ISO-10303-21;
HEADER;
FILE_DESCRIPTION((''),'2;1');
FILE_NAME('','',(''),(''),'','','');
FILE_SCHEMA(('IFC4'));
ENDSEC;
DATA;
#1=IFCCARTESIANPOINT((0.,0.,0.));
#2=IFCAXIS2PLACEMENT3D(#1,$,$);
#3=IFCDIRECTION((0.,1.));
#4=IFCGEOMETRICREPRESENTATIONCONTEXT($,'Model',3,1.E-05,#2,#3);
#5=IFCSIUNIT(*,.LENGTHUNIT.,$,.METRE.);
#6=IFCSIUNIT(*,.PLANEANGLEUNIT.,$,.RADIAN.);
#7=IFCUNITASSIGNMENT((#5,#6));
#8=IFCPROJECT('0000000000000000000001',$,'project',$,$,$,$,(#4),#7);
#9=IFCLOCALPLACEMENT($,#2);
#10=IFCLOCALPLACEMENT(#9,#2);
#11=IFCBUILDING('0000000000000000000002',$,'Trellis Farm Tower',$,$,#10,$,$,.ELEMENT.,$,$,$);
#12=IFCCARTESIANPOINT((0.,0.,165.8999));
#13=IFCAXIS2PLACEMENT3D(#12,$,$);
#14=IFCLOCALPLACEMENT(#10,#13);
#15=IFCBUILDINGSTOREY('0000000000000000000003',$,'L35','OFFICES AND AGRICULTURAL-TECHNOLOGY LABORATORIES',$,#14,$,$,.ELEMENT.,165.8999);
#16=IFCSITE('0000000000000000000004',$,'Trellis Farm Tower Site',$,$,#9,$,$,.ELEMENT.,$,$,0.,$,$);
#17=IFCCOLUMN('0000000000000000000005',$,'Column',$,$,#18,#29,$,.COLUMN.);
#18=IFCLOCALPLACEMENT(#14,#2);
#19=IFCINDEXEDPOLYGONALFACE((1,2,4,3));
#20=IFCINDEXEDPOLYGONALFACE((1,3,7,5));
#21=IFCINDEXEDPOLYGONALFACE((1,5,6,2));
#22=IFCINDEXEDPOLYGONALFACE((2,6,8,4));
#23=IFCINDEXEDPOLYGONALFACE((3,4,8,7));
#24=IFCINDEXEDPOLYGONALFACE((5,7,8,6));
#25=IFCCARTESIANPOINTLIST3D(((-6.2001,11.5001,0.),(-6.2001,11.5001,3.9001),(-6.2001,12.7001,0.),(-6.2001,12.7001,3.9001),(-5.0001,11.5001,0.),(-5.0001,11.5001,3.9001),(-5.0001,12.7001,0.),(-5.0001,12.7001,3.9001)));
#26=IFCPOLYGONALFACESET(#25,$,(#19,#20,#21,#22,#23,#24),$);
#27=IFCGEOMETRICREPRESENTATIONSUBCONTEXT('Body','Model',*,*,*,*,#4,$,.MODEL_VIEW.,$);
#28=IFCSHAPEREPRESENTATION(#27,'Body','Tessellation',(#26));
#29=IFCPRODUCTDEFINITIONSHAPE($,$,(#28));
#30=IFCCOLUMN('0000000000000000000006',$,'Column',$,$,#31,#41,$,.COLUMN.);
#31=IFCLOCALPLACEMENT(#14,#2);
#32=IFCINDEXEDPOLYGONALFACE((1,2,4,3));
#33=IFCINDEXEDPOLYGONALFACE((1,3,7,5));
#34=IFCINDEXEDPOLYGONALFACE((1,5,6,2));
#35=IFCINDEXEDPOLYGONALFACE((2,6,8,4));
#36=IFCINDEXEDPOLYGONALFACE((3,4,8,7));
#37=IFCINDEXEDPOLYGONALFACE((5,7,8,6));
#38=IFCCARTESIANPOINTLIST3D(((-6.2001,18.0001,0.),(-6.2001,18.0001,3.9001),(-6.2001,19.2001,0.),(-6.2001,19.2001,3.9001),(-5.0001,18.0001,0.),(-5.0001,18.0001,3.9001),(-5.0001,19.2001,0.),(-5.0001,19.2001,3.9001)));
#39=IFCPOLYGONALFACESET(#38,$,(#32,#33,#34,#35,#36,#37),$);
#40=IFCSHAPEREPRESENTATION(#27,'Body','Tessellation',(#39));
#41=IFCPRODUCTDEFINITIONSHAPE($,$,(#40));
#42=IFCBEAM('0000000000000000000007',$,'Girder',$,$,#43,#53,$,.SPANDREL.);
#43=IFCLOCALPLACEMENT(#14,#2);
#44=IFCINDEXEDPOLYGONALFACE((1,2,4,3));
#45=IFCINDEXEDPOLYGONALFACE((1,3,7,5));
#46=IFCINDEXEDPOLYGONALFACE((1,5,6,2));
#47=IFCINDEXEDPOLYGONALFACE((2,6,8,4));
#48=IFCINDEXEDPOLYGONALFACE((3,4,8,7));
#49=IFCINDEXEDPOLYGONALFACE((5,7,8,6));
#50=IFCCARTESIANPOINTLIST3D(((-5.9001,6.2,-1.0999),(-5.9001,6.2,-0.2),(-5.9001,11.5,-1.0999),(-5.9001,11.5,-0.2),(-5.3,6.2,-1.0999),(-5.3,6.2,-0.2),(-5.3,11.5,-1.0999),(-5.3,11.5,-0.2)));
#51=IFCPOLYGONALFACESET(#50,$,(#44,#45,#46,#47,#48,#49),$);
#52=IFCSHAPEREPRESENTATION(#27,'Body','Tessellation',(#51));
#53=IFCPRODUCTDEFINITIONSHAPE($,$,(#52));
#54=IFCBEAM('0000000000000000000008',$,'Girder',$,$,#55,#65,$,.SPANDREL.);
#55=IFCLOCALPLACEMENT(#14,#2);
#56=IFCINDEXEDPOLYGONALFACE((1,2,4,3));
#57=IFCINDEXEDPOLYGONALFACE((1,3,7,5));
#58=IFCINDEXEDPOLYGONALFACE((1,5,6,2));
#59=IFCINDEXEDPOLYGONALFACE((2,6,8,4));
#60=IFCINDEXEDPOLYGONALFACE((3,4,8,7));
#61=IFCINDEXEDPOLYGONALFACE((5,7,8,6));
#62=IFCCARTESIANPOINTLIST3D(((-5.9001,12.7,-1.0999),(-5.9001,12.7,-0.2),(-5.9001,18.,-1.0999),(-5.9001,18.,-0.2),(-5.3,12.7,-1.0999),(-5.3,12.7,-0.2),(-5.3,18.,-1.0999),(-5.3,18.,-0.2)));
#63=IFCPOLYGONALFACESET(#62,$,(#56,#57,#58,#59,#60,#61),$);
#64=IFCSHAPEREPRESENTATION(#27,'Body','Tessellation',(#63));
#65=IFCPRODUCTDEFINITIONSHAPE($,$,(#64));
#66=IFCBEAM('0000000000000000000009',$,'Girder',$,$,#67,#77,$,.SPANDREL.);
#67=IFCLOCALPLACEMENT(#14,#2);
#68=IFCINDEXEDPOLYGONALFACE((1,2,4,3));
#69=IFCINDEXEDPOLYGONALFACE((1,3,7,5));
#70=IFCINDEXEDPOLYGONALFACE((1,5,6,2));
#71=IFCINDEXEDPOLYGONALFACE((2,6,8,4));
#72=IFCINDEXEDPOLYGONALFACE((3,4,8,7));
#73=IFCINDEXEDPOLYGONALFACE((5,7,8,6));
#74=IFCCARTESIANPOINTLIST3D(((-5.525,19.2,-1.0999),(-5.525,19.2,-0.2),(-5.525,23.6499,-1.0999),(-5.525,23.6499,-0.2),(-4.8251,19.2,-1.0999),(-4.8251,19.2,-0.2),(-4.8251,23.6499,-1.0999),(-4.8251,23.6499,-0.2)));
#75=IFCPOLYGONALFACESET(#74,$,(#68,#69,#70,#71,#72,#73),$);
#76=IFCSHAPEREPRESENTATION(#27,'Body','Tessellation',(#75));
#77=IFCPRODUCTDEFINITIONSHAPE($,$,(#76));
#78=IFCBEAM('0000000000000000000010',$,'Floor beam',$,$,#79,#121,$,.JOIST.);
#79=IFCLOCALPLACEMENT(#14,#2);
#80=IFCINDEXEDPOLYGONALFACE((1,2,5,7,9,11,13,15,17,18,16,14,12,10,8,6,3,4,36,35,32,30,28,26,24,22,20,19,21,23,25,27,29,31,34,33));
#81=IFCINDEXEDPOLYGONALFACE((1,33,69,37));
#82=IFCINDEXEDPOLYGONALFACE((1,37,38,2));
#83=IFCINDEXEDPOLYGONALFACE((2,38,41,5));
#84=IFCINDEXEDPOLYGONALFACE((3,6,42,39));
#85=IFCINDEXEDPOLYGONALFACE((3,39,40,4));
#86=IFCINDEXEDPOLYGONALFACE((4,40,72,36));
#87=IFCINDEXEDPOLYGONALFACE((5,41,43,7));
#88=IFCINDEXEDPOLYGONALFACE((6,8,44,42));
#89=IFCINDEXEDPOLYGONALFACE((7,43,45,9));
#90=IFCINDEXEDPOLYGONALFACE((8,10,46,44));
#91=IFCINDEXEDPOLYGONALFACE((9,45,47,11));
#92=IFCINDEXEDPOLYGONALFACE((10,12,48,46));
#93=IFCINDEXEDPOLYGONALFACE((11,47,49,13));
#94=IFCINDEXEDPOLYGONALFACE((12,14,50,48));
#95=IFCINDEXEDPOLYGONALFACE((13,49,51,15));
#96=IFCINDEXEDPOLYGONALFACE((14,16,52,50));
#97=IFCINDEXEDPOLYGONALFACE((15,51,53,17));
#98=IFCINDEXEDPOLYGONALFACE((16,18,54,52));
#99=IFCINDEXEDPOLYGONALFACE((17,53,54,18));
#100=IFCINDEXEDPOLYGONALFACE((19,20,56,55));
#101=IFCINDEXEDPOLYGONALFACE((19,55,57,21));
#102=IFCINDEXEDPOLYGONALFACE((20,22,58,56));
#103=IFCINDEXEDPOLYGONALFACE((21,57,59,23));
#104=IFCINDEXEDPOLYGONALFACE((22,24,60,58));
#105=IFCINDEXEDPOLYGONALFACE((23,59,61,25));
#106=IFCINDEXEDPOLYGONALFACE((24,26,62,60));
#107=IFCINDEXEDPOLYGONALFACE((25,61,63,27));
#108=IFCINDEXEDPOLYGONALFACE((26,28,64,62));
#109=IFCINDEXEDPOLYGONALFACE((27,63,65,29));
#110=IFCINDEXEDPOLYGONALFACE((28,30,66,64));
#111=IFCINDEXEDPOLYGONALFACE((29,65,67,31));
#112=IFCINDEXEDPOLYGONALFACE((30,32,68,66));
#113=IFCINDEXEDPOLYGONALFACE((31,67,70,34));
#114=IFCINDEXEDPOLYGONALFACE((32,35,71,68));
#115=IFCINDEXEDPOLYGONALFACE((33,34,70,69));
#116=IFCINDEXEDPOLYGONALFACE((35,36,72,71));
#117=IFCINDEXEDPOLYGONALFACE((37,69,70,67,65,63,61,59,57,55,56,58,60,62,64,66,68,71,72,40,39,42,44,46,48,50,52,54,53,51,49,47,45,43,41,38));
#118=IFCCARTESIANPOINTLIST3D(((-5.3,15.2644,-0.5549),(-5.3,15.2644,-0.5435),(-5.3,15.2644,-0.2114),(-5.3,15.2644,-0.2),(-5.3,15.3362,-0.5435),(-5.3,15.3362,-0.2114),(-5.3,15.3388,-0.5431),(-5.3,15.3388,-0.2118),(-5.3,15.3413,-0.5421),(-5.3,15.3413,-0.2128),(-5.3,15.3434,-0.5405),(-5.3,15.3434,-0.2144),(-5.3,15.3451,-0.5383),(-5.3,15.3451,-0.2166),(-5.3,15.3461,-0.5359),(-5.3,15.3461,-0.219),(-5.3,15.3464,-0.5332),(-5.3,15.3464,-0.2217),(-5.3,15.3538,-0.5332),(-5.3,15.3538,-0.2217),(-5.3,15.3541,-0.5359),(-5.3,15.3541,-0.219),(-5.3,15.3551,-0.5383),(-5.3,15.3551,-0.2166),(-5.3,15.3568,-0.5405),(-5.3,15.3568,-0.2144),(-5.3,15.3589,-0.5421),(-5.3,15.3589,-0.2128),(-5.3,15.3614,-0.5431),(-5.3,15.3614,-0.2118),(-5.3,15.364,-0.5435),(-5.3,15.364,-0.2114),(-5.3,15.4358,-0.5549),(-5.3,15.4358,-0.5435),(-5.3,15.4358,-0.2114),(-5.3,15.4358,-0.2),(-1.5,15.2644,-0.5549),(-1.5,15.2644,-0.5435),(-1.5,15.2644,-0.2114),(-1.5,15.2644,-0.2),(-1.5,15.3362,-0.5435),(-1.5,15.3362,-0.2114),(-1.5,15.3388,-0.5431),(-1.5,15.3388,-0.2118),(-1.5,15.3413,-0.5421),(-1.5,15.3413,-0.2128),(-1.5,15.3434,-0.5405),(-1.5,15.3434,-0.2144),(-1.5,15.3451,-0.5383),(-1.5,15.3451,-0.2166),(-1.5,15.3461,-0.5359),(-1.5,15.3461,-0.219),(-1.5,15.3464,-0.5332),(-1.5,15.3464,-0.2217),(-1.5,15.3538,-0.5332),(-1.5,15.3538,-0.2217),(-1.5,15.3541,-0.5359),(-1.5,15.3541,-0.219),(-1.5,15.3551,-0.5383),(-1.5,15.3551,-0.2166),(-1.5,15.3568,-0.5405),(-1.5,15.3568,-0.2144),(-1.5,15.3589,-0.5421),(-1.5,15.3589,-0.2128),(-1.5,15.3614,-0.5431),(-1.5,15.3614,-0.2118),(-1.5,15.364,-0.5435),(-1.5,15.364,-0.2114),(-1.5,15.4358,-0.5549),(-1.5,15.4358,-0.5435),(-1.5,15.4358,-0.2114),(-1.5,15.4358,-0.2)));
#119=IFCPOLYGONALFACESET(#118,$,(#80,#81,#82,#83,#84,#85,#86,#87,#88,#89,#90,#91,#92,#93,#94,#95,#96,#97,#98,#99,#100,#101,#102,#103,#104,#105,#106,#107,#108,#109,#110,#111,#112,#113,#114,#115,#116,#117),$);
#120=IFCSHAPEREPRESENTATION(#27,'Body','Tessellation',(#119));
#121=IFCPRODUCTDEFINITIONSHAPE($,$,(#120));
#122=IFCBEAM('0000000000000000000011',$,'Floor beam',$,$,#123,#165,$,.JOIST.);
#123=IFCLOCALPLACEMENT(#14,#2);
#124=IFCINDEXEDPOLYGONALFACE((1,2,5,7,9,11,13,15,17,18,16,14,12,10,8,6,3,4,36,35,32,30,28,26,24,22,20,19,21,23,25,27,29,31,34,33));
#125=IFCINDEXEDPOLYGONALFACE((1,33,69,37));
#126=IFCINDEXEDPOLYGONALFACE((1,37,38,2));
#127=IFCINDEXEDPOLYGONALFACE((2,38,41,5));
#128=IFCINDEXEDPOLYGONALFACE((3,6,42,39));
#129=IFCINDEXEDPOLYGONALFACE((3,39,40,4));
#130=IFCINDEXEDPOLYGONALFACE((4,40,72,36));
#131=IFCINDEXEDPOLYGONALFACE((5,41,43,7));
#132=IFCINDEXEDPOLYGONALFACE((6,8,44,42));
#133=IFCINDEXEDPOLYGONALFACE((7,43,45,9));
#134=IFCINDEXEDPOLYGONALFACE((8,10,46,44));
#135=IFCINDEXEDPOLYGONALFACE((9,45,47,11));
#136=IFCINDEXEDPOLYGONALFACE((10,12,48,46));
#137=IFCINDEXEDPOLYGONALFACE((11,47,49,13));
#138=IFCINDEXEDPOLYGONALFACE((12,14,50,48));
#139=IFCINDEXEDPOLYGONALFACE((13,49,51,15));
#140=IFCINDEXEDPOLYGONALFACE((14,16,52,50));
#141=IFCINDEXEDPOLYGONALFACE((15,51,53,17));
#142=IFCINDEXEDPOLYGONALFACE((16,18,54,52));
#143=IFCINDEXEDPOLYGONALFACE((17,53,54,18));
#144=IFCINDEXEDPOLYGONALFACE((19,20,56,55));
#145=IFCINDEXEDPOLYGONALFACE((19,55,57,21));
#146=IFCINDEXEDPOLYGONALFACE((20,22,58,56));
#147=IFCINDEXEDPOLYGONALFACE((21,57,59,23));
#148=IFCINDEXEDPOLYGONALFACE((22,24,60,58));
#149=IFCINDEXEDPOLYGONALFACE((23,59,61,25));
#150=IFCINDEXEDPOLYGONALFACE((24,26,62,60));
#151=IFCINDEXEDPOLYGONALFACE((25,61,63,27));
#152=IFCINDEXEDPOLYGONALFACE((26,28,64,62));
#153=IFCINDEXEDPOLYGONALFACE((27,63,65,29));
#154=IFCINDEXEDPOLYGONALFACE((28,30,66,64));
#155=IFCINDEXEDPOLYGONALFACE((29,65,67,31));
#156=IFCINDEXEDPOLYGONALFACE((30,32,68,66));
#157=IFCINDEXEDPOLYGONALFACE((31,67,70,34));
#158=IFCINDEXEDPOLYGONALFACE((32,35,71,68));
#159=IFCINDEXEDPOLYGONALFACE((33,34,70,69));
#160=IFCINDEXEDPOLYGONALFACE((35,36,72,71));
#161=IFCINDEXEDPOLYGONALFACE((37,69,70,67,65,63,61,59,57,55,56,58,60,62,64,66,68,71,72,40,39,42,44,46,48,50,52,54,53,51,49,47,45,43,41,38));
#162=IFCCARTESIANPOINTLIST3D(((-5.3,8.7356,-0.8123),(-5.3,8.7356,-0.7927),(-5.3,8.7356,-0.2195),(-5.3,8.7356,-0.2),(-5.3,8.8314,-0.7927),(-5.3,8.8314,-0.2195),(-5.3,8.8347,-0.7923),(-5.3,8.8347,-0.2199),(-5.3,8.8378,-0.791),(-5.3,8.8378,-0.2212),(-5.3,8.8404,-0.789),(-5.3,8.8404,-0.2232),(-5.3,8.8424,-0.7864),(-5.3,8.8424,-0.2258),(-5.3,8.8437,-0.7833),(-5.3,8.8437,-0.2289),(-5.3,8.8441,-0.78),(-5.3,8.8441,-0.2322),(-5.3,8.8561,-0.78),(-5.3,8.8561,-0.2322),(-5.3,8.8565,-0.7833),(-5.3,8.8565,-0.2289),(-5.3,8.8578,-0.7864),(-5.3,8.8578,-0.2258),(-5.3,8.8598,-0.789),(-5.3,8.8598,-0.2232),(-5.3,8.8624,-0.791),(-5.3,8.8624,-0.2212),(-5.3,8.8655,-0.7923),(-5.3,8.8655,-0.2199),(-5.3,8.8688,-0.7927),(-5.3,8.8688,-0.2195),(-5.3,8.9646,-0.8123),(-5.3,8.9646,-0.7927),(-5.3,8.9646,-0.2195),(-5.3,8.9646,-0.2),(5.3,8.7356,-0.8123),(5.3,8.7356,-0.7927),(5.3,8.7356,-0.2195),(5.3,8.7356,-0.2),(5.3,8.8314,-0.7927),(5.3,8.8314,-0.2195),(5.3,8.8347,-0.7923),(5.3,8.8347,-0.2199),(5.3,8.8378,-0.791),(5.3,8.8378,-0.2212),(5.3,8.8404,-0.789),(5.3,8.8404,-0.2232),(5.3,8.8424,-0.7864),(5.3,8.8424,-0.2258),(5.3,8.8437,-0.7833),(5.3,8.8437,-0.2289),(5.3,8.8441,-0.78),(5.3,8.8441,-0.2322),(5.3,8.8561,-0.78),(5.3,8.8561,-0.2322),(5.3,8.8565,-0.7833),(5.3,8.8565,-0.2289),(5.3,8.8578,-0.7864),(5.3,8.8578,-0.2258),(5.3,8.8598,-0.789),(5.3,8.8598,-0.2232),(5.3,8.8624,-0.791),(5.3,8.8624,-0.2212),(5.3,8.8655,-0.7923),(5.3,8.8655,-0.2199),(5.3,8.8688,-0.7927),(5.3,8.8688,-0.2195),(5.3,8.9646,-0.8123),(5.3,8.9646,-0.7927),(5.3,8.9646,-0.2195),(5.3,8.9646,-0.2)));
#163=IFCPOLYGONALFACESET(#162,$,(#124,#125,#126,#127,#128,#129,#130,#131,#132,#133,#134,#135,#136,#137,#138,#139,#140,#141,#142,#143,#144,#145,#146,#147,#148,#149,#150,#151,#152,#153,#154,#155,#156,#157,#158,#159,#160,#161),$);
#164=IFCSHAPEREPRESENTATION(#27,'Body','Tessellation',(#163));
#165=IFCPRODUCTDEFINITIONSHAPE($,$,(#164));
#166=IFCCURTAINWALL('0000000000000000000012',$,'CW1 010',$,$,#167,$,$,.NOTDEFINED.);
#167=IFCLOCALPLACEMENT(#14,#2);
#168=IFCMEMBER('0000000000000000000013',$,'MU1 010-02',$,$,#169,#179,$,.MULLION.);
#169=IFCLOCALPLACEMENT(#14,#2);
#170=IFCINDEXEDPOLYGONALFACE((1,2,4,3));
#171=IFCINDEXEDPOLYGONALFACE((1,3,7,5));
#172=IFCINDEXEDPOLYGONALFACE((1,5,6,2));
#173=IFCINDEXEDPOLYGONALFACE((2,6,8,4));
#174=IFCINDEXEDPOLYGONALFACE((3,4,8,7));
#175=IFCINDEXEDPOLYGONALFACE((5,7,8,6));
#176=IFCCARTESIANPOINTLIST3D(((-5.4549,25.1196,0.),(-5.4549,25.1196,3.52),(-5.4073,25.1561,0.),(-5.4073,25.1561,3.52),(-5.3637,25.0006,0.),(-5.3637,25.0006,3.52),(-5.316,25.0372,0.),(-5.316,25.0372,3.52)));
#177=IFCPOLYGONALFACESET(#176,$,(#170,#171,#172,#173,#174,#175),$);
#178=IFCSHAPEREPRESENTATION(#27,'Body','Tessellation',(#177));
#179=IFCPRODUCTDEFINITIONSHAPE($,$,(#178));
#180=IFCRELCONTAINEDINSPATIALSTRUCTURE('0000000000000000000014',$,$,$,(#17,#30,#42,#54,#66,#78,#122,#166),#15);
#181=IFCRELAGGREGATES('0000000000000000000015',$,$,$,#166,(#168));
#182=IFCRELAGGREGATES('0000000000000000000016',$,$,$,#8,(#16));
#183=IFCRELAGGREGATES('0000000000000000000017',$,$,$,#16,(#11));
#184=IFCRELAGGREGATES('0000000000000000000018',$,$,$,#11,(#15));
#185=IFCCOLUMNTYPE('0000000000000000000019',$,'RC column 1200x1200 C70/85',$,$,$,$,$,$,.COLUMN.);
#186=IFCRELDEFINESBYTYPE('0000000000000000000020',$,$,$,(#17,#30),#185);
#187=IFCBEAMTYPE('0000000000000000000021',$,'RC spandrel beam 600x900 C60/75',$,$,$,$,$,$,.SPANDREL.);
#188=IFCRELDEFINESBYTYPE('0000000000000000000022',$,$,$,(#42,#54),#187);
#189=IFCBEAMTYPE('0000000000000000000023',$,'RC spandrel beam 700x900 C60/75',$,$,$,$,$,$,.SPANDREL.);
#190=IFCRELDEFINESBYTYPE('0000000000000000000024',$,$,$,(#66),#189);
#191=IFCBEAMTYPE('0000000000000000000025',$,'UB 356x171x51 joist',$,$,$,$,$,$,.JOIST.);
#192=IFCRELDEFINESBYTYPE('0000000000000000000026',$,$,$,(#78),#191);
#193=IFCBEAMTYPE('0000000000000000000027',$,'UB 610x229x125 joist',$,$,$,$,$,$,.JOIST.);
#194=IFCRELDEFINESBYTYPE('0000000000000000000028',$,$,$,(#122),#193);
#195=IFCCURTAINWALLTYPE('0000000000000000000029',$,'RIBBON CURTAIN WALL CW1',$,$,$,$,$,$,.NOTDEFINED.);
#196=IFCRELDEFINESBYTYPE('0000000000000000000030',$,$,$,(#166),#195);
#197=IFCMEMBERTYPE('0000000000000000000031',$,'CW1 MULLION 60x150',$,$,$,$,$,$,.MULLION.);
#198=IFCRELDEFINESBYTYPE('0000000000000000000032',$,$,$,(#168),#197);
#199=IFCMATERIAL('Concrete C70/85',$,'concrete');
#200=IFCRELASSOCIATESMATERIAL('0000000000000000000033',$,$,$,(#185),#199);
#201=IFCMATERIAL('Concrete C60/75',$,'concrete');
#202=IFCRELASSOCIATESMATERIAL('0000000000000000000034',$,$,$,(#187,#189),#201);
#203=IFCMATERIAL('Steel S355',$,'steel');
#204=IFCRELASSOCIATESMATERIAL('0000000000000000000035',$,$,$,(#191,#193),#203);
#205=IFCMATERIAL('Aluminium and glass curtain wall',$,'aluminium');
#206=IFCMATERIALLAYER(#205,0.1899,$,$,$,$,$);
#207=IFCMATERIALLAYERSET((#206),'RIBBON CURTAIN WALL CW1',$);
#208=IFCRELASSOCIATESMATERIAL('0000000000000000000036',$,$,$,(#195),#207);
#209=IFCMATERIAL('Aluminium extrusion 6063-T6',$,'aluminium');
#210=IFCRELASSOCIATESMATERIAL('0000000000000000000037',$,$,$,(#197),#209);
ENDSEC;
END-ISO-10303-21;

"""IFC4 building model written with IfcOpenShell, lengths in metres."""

from ifc_helpers import new_model, si_unit, direction, frame, origin, origin_2d, place, context, subcontext, project, spatial, rectangle, i_section, extrude, source, transform, mapped, material, layer, layer_set, material_profile, profile_set, type_object, element, aggregate, save


model = new_model("IFC4")

# Units and contexts
model_context = context("Model", 3, precision=1e-05, world=origin(), true_north=direction((0.0, 1.0)))
body_context = subcontext(model_context, "Body", "Model", "MODEL_VIEW")
ifc_project = project(units=[si_unit("LENGTHUNIT", "METRE"), si_unit("PLANEANGLEUNIT", "RADIAN")], contexts=[model_context])

# Site, building, storey
site_placement = place(None, origin())
site = spatial("IfcSite", under=ifc_project, at=site_placement, Name="Trellis Farm Tower Site", CompositionType="ELEMENT", RefElevation=0.0)
building_placement = place(site_placement, origin())
building = spatial("IfcBuilding", under=site, at=building_placement, Name="Trellis Farm Tower", CompositionType="ELEMENT")
storey_placement = place(building_placement, frame((0.0, 0.0, 165.8999)))
storey = spatial("IfcBuildingStorey", under=building, at=storey_placement, Name="L35", Description="OFFICES AND AGRICULTURAL-TECHNOLOGY LABORATORIES", CompositionType="ELEMENT", Elevation=165.8999)

# Columns
ifc_material_1 = material(Name="Concrete C70/85", Category="concrete")
ifc_material_profile_1 = material_profile(ifc_material_1, rectangle(XDim=1.2, YDim=1.2, at=origin_2d()), Name="RC column 1200x1200 C70/85")
ifc_profile_set_1 = profile_set([ifc_material_profile_1], Name="Concrete C70/85")
column_type = type_object("IfcColumnType", Name="RC column 1200x1200 C70/85", PredefinedType="COLUMN", material=ifc_profile_set_1)
shared_shape_1 = source(origin(), body_context, "Body", "SweptSolid", [
    extrude(rectangle(XDim=1.2, YDim=1.2, at=origin_2d()), origin(), (0.0, 0.0, 1.0), 3.9001),
])
for number, where, z_axis, x_axis, name in (
    (1, (-5.6001, 12.1001, 0.0), (0.0, 0.0, 1.0), (1.0, 0.0, 0.0), "Column"),
    (2, (-5.6001, 18.6001, 0.0), (0.0, 0.0, 1.0), (1.0, 0.0, 0.0), "Column"),
):
    element("IfcColumn", number, at=place(storey_placement, frame(where, z_axis=z_axis, x_axis=x_axis)), inside=storey, type_object=column_type, Name=name, PredefinedType="COLUMN", context=body_context, shape_type="MappedRepresentation", body=[
        mapped(shared_shape_1, transform((0.0, 0.0, 0.0))),
    ])

# Beams
ifc_material_2 = material(Name="Concrete C60/75", Category="concrete")
ifc_material_profile_2 = material_profile(ifc_material_2, rectangle(XDim=0.6001, YDim=0.8999, at=origin_2d()), Name="RC spandrel beam 600x900 C60/75")
ifc_profile_set_2 = profile_set([ifc_material_profile_2], Name="Concrete C60/75")
beam_type_1 = type_object("IfcBeamType", Name="RC spandrel beam 600x900 C60/75", PredefinedType="SPANDREL", material=ifc_profile_set_2)
shared_shape_2 = source(origin(), body_context, "Body", "SweptSolid", [
    extrude(rectangle(XDim=0.6001, YDim=0.8999, at=origin_2d()), origin(), (0.0, 0.0, 1.0), 5.3),
])
for number, where, z_axis, x_axis, name in (
    (3, (-5.6001, 6.2, -0.6499), (0.0, 1.0, 0.0), (-1.0, 0.0, 0.0), "Girder"),
    (4, (-5.6001, 12.7, -0.6499), (0.0, 1.0, 0.0), (-1.0, 0.0, 0.0), "Girder"),
):
    element("IfcBeam", number, at=place(storey_placement, frame(where, z_axis=z_axis, x_axis=x_axis)), inside=storey, type_object=beam_type_1, Name=name, PredefinedType="SPANDREL", context=body_context, shape_type="MappedRepresentation", body=[
        mapped(shared_shape_2, transform((0.0, 0.0, 0.0))),
    ])
ifc_material_profile_3 = material_profile(ifc_material_2, rectangle(XDim=0.7, YDim=0.8999, at=origin_2d()), Name="RC spandrel beam 700x900 C60/75")
ifc_profile_set_3 = profile_set([ifc_material_profile_3], Name="Concrete C60/75")
beam_type_2 = type_object("IfcBeamType", Name="RC spandrel beam 700x900 C60/75", PredefinedType="SPANDREL", material=ifc_profile_set_3)
shared_shape_3 = source(origin(), body_context, "Body", "SweptSolid", [
    extrude(rectangle(XDim=0.7, YDim=0.8999, at=origin_2d()), origin(), (0.0, 0.0, 1.0), 4.45),
])
beam_1_placement = place(storey_placement, frame((-5.175, 19.2, -0.6499), z_axis=(0.0, 1.0, 0.0), x_axis=(-1.0, 0.0, 0.0)))
element("IfcBeam", 5, at=beam_1_placement, inside=storey, type_object=beam_type_2, Name="Girder", PredefinedType="SPANDREL", context=body_context, shape_type="MappedRepresentation", body=[
    mapped(shared_shape_3, transform((0.0, 0.0, 0.0))),
])
ifc_material_3 = material(Name="Steel S355", Category="steel")
ifc_material_profile_4 = material_profile(ifc_material_3, i_section(OverallWidth=0.1714, OverallDepth=0.355, WebThickness=0.0073, FlangeThickness=0.0115, FilletRadius=0.0103, at=origin_2d()), Name="UB 356x171x51")
ifc_profile_set_4 = profile_set([ifc_material_profile_4], Name="Steel S355")
beam_type_3 = type_object("IfcBeamType", Name="UB 356x171x51 joist", PredefinedType="JOIST", material=ifc_profile_set_4)
shared_shape_4 = source(origin(), body_context, "Body", "SweptSolid", [
    extrude(i_section(OverallWidth=0.1714, OverallDepth=0.355, WebThickness=0.0073, FlangeThickness=0.0115, FilletRadius=0.0103, at=origin_2d()), origin(), (0.0, 0.0, 1.0), 3.8),
])
beam_2_placement = place(storey_placement, frame((-5.3, 15.3501, -0.3774), z_axis=(1.0, 0.0, 0.0), x_axis=(0.0, 1.0, 0.0)))
element("IfcBeam", 6, at=beam_2_placement, inside=storey, type_object=beam_type_3, Name="Floor beam", PredefinedType="JOIST", context=body_context, shape_type="MappedRepresentation", body=[
    mapped(shared_shape_4, transform((0.0, 0.0, 0.0))),
])
ifc_material_profile_5 = material_profile(ifc_material_3, i_section(OverallWidth=0.229, OverallDepth=0.6123, WebThickness=0.012, FlangeThickness=0.0195, FilletRadius=0.0127, at=origin_2d()), Name="UB 610x229x125")
ifc_profile_set_5 = profile_set([ifc_material_profile_5], Name="Steel S355")
beam_type_4 = type_object("IfcBeamType", Name="UB 610x229x125 joist", PredefinedType="JOIST", material=ifc_profile_set_5)
shared_shape_5 = source(origin(), body_context, "Body", "SweptSolid", [
    extrude(i_section(OverallWidth=0.229, OverallDepth=0.6123, WebThickness=0.012, FlangeThickness=0.0195, FilletRadius=0.0127, at=origin_2d()), origin(), (0.0, 0.0, 1.0), 10.6001),
])
beam_3_placement = place(storey_placement, frame((-5.3, 8.8501, -0.5061), z_axis=(1.0, 0.0, 0.0), x_axis=(0.0, 1.0, 0.0)))
element("IfcBeam", 7, at=beam_3_placement, inside=storey, type_object=beam_type_4, Name="Floor beam", PredefinedType="JOIST", context=body_context, shape_type="MappedRepresentation", body=[
    mapped(shared_shape_5, transform((0.0, 0.0, 0.0))),
])

# Curtain wall, member
ifc_material_4 = material(Name="Aluminium and glass curtain wall", Category="aluminium")
ifc_layer_1 = layer(ifc_material_4, 0.1899)
ifc_layer_set_1 = layer_set([ifc_layer_1], Name="RIBBON CURTAIN WALL CW1")
curtain_wall_type_1 = type_object("IfcCurtainWallType", Name="RIBBON CURTAIN WALL CW1", PredefinedType="NOTDEFINED", material=ifc_layer_set_1)
placement = place(storey_placement, origin())
curtain_wall_1 = element("IfcCurtainWall", 8, at=placement, inside=storey, type_object=curtain_wall_type_1, Name="CW1 010", PredefinedType="NOTDEFINED")
ifc_material_5 = material(Name="Aluminium extrusion 6063-T6", Category="aluminium")
ifc_material_profile_6 = material_profile(ifc_material_5, rectangle(XDim=0.0601, YDim=0.1499, at=origin_2d()), Name="MULLION 60x150")
ifc_profile_set_6 = profile_set([ifc_material_profile_6], Name="Aluminium extrusion 6063-T6")
member_type_1 = type_object("IfcMemberType", Name="CW1 MULLION 60x150", PredefinedType="MULLION", material=ifc_profile_set_6)
shared_shape_6 = source(origin(), body_context, "Body", "SweptSolid", [
    extrude(rectangle(XDim=0.0601, YDim=0.1499, at=origin_2d()), origin(), (0.0, 0.0, 1.0), 3.52),
])
member_1_placement = place(storey_placement, frame((-5.3855, 25.0784, 0.0), z_axis=(0.0, 0.0, 1.0), x_axis=(-0.793353, -0.608761, 0.0)))
member_1 = element("IfcMember", 9, at=member_1_placement, type_object=member_type_1, Name="MU1 010-02", PredefinedType="MULLION", context=body_context, shape_type="MappedRepresentation", body=[
    mapped(shared_shape_6, transform((0.0, 0.0, 0.0))),
])
aggregate(curtain_wall_1, [member_1])

save(model, "model.ifc")
